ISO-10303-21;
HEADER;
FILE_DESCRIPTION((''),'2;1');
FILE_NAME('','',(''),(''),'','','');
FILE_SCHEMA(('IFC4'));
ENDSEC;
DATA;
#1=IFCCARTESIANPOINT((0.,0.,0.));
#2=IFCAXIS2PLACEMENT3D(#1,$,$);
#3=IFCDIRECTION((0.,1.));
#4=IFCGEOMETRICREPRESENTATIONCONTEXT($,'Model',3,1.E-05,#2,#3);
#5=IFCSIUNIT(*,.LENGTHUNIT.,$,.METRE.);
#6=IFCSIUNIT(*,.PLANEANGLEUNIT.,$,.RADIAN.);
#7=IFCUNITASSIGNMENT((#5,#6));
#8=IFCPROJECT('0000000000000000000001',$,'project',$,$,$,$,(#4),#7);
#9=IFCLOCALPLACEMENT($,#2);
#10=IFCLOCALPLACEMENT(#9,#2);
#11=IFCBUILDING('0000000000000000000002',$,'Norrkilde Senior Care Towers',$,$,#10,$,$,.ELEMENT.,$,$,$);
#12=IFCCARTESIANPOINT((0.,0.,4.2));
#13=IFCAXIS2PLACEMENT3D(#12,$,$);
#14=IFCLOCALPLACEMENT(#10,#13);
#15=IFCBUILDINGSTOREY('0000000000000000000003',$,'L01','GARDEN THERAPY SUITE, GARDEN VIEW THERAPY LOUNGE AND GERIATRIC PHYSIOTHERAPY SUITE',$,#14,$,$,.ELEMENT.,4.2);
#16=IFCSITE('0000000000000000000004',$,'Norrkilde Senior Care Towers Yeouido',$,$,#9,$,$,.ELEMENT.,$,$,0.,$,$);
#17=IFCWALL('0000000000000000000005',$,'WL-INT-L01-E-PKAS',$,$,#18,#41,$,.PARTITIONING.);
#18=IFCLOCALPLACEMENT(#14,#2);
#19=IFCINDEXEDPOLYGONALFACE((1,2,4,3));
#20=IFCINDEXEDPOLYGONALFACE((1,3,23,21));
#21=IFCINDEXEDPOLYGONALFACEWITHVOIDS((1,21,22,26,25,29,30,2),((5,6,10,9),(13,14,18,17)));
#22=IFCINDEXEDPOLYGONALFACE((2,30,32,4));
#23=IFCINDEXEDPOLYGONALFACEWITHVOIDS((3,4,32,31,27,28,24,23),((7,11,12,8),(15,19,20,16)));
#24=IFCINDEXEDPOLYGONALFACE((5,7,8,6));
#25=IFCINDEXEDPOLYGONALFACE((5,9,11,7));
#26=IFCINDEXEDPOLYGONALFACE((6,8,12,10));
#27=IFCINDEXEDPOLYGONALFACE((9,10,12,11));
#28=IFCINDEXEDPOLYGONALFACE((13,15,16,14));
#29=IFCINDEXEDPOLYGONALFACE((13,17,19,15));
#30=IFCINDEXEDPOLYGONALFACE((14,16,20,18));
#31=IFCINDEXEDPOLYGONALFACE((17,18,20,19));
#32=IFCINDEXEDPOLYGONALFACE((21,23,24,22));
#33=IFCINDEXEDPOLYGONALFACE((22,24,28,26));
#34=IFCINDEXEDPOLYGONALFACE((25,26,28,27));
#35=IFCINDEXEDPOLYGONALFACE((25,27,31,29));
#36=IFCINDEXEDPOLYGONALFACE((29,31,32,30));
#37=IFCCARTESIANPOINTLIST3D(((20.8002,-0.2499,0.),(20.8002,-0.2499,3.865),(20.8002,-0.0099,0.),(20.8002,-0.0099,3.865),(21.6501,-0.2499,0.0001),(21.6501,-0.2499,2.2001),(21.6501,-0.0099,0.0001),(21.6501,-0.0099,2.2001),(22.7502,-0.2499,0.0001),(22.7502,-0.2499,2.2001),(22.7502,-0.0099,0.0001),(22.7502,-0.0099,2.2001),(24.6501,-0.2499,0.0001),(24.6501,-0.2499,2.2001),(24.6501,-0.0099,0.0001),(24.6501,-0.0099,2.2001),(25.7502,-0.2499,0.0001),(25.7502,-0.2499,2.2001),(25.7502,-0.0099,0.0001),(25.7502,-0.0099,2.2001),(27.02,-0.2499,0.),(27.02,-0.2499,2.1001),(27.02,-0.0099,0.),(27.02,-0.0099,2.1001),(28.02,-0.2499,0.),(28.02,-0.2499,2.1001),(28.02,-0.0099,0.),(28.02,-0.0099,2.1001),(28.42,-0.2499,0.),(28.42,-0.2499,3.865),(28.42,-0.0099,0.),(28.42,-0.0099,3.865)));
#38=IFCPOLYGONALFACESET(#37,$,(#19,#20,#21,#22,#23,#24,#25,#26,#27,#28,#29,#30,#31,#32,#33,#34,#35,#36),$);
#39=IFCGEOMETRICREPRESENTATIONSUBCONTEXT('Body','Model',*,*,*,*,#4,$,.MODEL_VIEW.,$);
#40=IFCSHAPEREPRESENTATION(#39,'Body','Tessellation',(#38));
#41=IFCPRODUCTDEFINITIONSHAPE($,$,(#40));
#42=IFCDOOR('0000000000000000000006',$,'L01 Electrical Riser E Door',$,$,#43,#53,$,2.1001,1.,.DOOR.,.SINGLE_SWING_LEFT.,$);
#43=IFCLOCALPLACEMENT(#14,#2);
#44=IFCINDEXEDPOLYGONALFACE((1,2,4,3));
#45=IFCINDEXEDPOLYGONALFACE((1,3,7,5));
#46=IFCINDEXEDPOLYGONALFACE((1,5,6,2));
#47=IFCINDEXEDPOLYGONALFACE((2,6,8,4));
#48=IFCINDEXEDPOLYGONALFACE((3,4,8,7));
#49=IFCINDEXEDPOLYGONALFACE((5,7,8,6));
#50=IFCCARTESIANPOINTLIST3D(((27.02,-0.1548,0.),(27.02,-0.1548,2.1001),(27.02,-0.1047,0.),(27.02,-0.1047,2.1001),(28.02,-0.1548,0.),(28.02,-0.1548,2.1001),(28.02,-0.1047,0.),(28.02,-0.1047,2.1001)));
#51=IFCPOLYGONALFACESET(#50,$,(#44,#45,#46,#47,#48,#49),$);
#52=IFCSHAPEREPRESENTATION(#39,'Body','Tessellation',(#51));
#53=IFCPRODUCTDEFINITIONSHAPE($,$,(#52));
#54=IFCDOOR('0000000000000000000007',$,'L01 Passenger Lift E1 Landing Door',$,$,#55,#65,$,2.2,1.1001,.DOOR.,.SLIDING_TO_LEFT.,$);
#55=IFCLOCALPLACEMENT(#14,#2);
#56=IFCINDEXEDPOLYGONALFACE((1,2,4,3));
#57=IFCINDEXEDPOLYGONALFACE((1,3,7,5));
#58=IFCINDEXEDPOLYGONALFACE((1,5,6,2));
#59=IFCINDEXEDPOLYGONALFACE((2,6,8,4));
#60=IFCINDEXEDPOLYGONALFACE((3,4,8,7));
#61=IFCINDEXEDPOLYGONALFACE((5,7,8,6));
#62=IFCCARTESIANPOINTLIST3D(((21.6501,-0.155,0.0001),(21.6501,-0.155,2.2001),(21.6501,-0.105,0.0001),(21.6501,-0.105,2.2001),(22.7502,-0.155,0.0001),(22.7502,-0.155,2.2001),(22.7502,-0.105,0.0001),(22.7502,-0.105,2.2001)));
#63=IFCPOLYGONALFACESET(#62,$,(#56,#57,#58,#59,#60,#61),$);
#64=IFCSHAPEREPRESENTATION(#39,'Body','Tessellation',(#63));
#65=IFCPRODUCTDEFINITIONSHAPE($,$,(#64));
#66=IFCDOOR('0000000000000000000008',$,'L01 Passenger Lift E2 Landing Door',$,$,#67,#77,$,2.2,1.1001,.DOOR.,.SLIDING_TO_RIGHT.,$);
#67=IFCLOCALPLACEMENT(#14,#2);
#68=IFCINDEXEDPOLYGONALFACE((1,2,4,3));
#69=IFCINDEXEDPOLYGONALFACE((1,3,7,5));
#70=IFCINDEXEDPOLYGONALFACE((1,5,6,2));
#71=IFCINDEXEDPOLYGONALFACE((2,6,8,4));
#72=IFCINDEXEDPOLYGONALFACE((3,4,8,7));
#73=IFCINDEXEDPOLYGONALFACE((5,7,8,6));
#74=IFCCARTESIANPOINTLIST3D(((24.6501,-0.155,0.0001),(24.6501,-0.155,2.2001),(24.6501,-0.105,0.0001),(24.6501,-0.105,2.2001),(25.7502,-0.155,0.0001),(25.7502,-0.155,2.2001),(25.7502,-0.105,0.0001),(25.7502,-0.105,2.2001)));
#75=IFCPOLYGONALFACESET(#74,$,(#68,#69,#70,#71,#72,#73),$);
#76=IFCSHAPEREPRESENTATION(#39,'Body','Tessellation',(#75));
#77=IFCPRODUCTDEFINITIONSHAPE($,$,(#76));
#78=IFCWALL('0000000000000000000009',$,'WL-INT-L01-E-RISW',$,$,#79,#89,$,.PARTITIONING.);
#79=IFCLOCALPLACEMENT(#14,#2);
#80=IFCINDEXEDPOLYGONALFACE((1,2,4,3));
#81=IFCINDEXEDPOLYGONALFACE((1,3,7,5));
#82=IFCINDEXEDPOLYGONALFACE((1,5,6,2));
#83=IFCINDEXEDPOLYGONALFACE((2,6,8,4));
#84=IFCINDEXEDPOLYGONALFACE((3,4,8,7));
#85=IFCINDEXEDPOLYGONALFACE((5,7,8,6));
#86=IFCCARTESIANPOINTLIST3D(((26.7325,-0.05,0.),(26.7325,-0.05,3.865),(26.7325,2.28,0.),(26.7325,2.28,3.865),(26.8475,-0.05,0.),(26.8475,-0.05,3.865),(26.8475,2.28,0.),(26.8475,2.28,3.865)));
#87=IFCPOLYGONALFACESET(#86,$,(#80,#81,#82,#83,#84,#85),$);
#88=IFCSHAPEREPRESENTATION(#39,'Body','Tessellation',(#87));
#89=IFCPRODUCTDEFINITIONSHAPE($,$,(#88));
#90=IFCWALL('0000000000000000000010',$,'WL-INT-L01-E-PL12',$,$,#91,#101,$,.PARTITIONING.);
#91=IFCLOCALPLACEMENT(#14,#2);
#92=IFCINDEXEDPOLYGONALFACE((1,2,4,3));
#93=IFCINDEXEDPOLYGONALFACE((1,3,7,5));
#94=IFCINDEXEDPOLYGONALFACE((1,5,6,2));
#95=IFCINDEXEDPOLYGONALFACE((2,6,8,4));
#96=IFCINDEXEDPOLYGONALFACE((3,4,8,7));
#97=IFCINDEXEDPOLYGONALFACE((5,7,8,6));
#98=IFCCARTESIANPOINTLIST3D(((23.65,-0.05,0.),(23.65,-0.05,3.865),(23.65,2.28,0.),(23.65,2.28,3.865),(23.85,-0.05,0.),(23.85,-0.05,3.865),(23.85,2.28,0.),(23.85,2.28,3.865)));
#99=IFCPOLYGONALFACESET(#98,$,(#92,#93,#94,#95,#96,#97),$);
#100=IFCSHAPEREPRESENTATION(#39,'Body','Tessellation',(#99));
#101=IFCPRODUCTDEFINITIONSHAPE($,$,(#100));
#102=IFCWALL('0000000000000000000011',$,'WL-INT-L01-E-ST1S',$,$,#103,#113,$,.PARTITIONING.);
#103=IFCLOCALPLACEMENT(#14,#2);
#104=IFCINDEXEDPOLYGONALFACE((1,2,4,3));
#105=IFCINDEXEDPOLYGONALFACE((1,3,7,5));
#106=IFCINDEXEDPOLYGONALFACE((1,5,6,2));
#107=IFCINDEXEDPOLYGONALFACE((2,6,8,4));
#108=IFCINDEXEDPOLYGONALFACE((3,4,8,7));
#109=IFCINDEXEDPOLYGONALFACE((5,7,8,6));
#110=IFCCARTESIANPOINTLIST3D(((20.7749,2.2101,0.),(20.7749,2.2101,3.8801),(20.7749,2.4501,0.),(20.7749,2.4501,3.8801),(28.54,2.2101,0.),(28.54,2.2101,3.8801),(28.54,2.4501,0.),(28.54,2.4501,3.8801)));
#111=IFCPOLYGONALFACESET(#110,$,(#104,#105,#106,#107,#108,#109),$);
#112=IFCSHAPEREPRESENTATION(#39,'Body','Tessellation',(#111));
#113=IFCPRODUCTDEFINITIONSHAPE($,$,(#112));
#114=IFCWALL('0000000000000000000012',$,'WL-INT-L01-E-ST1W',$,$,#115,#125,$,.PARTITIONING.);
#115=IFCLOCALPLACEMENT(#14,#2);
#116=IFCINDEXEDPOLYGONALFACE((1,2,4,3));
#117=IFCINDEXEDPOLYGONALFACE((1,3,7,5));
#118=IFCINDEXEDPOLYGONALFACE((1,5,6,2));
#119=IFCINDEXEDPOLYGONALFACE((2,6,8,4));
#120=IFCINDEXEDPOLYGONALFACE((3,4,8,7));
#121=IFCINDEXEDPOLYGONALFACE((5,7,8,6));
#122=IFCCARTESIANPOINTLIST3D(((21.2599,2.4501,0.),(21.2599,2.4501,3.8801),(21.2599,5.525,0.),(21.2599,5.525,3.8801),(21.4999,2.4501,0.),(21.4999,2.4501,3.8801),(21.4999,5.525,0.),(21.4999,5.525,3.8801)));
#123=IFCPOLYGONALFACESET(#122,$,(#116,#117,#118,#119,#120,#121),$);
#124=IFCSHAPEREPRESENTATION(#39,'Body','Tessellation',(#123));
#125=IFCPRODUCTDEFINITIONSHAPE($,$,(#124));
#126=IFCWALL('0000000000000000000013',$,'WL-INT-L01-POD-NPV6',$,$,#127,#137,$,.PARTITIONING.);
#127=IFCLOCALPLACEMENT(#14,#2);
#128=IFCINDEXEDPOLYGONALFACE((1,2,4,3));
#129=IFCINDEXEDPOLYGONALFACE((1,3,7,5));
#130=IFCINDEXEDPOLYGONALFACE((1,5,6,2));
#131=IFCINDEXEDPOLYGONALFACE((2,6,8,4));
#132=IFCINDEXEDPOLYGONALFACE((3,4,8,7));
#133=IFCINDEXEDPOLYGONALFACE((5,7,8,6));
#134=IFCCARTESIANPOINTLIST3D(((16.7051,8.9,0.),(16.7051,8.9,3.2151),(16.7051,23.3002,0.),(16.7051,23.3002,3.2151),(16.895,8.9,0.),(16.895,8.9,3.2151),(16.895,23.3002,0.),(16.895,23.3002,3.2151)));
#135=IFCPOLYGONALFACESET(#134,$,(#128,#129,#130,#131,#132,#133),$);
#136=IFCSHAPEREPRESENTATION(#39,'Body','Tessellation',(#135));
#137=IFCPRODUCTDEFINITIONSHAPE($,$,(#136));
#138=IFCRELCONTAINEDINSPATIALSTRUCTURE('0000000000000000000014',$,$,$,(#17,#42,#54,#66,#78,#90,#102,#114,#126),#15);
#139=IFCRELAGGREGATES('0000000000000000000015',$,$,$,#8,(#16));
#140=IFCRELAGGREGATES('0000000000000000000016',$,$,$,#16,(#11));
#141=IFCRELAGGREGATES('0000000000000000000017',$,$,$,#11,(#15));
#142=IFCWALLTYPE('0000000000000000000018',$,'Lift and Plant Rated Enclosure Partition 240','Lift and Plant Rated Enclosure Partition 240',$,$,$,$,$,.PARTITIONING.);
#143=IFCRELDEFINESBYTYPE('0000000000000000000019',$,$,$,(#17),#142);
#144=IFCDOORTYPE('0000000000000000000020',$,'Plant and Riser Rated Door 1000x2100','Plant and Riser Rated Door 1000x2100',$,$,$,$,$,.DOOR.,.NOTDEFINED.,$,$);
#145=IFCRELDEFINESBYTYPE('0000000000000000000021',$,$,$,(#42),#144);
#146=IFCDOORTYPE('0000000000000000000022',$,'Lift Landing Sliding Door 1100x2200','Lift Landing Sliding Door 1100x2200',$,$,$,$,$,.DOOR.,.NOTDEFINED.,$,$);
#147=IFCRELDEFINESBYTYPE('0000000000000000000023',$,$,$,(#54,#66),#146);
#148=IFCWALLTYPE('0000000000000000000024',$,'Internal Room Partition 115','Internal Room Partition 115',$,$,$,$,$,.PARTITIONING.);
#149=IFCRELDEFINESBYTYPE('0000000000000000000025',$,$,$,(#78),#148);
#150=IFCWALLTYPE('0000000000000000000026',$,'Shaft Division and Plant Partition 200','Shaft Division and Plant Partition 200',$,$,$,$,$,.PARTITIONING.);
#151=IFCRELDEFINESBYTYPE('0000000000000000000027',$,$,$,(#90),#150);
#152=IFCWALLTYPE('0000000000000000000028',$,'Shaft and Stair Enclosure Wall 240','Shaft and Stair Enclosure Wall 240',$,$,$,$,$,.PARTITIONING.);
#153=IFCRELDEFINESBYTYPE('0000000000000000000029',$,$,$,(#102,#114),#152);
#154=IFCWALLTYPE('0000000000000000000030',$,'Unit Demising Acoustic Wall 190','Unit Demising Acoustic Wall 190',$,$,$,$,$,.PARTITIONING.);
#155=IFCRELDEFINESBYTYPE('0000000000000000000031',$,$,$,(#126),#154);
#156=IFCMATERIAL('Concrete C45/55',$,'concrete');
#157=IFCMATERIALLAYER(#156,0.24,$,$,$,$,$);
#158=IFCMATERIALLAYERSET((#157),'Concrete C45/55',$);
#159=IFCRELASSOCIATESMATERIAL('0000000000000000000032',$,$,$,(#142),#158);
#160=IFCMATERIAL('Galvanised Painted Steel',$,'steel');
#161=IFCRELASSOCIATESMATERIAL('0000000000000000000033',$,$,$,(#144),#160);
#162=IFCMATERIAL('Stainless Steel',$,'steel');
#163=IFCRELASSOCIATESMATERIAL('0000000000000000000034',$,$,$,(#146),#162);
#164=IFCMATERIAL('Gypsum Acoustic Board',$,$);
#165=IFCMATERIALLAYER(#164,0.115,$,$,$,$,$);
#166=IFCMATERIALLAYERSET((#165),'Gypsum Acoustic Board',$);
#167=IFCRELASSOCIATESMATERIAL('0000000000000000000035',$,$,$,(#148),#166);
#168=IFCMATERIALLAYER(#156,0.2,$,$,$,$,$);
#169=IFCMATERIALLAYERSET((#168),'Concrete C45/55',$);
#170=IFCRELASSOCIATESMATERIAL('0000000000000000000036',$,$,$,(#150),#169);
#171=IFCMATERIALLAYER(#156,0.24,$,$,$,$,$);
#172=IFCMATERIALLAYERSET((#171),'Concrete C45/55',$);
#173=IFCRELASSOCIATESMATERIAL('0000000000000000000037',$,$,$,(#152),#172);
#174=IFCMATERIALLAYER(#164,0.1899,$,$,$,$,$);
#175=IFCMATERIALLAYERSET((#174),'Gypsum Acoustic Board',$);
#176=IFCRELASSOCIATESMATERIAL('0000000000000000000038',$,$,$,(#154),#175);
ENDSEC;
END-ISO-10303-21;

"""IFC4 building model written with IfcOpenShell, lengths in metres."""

from ifc_helpers import new_model, si_unit, direction, frame, frame_2d, origin, place, context, subcontext, project, spatial, rectangle, extrude, source, transform, mapped, material, layer, layer_set, type_object, type_shapes, element, fill, save


model = new_model("IFC4")

# Units and contexts
model_context = context("Model", 3, precision=1e-05, world=origin(), true_north=direction((0.0, 1.0)))
body_context = subcontext(model_context, "Body", "Model", "MODEL_VIEW")
ifc_project = project(units=[si_unit("LENGTHUNIT", "METRE"), si_unit("PLANEANGLEUNIT", "RADIAN")], contexts=[model_context])

# Site, building, storey
site_placement = place(None, origin())
site = spatial("IfcSite", under=ifc_project, at=site_placement, Name="Norrkilde Senior Care Towers Yeouido", CompositionType="ELEMENT", RefElevation=0.0)
building_placement = place(site_placement, origin())
building = spatial("IfcBuilding", under=site, at=building_placement, Name="Norrkilde Senior Care Towers", CompositionType="ELEMENT")
storey_placement = place(building_placement, frame((0.0, 0.0, 4.2)))
storey = spatial("IfcBuildingStorey", under=building, at=storey_placement, Name="L01", Description="GARDEN THERAPY SUITE, GARDEN VIEW THERAPY LOUNGE AND GERIATRIC PHYSIOTHERAPY SUITE", CompositionType="ELEMENT", Elevation=4.2)

# Wall, openings, doors
ifc_material_1 = material(Name="Concrete C45/55", Category="concrete")
ifc_layer_1 = layer(ifc_material_1, 0.24)
ifc_layer_set_1 = layer_set([ifc_layer_1], Name="Concrete C45/55")
wall_type_1 = type_object("IfcWallType", Name="Lift and Plant Rated Enclosure Partition 240", Description="Lift and Plant Rated Enclosure Partition 240", PredefinedType="PARTITIONING", material=ifc_layer_set_1)
shared_shape_1 = source(origin(), body_context, "Body", "SweptSolid", [
    extrude(rectangle(XDim=7.6199, YDim=0.24, at=frame_2d((3.8101, 0.0))), origin(), (0.0, 0.0, 1.0), 3.865),
])
type_shapes(wall_type_1, [shared_shape_1])
wall_1_placement = place(storey_placement, frame((20.8, -0.1299, 0.0), z_axis=(0.0, 0.0, 1.0), x_axis=(1.0, 0.0, 0.0)))
wall_1 = element("IfcWall", 1, at=wall_1_placement, inside=storey, type_object=wall_type_1, Name="WL-INT-L01-E-PKAS", PredefinedType="PARTITIONING", context=body_context, shape_type="MappedRepresentation", body=[
    mapped(shared_shape_1, transform((0.0, 0.0, 0.0), x_axis=(1.0, 0.0, 0.0), y_axis=(0.0, 1.0, 0.0), z_axis=(0.0, 0.0, 1.0), scale=1.0)),
])
opening_1_placement = place(wall_1_placement, frame((6.22, 0.0, 0.0)))
opening_1 = element("IfcOpeningElement", 2, at=opening_1_placement, cuts=wall_1, PredefinedType="OPENING", context=body_context, shape_type="SweptSolid", body=[
    extrude(rectangle(XDim=1.0, YDim=2.1001, at=frame_2d((0.5, 1.05))), frame((0.0, 0.1299, 0.0), z_axis=(0.0, -1.0, 0.0), x_axis=(1.0, 0.0, 0.0)), (0.0, 0.0, 1.0), 0.26),
])
opening_2_placement = place(wall_1_placement, frame((0.8501, 0.0, 0.0)))
opening_2 = element("IfcOpeningElement", 3, at=opening_2_placement, cuts=wall_1, PredefinedType="OPENING", context=body_context, shape_type="SweptSolid", body=[
    extrude(rectangle(XDim=1.1001, YDim=2.2, at=frame_2d((0.55, 1.1001))), frame((0.0, 0.1299, 0.0), z_axis=(0.0, -1.0, 0.0), x_axis=(1.0, 0.0, 0.0)), (0.0, 0.0, 1.0), 0.26),
])
opening_3_placement = place(wall_1_placement, frame((3.8501, 0.0, 0.0)))
opening_3 = element("IfcOpeningElement", 4, at=opening_3_placement, cuts=wall_1, PredefinedType="OPENING", context=body_context, shape_type="SweptSolid", body=[
    extrude(rectangle(XDim=1.1001, YDim=2.2, at=frame_2d((0.55, 1.1001))), frame((0.0, 0.1299, 0.0), z_axis=(0.0, -1.0, 0.0), x_axis=(1.0, 0.0, 0.0)), (0.0, 0.0, 1.0), 0.26),
])
ifc_material_2 = material(Name="Galvanised Painted Steel", Category="steel")
door_type_1 = type_object("IfcDoorType", Name="Plant and Riser Rated Door 1000x2100", Description="Plant and Riser Rated Door 1000x2100", OperationType="NOTDEFINED", PredefinedType="DOOR", material=ifc_material_2)
shared_shape_2 = source(origin(), body_context, "Body", "SweptSolid", [
    extrude(rectangle(XDim=1.0, YDim=2.1001, at=frame_2d((0.5, 1.05))), frame((0.0, 0.0249, 0.0), z_axis=(0.0, -1.0, 0.0), x_axis=(1.0, 0.0, 0.0)), (0.0, 0.0, 1.0), 0.05),
])
type_shapes(door_type_1, [shared_shape_2])
door_1_placement = place(opening_1_placement, frame((1.0, 0.0, 0.0), z_axis=(0.0, 0.0, 1.0), x_axis=(-1.0, 0.0, 0.0)))
door_1 = element("IfcDoor", 5, at=door_1_placement, inside=storey, type_object=door_type_1, Name="L01 Electrical Riser E Door", OperationType="SINGLE_SWING_LEFT", OverallHeight=2.1001, OverallWidth=1.0, PredefinedType="DOOR", context=body_context, shape_type="MappedRepresentation", body=[
    mapped(shared_shape_2, transform((0.0, 0.0, 0.0), x_axis=(1.0, 0.0, 0.0), y_axis=(0.0, 1.0, 0.0), z_axis=(0.0, 0.0, 1.0), scale=1.0)),
])
fill(opening_1, door_1)
ifc_material_3 = material(Name="Stainless Steel", Category="steel")
door_type_2 = type_object("IfcDoorType", Name="Lift Landing Sliding Door 1100x2200", Description="Lift Landing Sliding Door 1100x2200", OperationType="NOTDEFINED", PredefinedType="DOOR", material=ifc_material_3)
shared_shape_3 = source(origin(), body_context, "Body", "SweptSolid", [
    extrude(rectangle(XDim=1.1001, YDim=2.2, at=frame_2d((0.55, 1.1001))), frame((0.0, 0.0249, 0.0), z_axis=(0.0, -1.0, 0.0), x_axis=(1.0, 0.0, 0.0)), (0.0, 0.0, 1.0), 0.05),
])
type_shapes(door_type_2, [shared_shape_3])
door_2_placement = place(opening_2_placement, origin())
door_2 = element("IfcDoor", 6, at=door_2_placement, inside=storey, type_object=door_type_2, Name="L01 Passenger Lift E1 Landing Door", OperationType="SLIDING_TO_LEFT", OverallHeight=2.2, OverallWidth=1.1001, PredefinedType="DOOR", context=body_context, shape_type="MappedRepresentation", body=[
    mapped(shared_shape_3, transform((0.0, 0.0, 0.0), x_axis=(1.0, 0.0, 0.0), y_axis=(0.0, 1.0, 0.0), z_axis=(0.0, 0.0, 1.0), scale=1.0)),
])
fill(opening_2, door_2)
door_3_placement = place(opening_3_placement, origin())
door_3 = element("IfcDoor", 7, at=door_3_placement, inside=storey, type_object=door_type_2, Name="L01 Passenger Lift E2 Landing Door", OperationType="SLIDING_TO_RIGHT", OverallHeight=2.2, OverallWidth=1.1001, PredefinedType="DOOR", context=body_context, shape_type="MappedRepresentation", body=[
    mapped(shared_shape_3, transform((0.0, 0.0, 0.0), x_axis=(1.0, 0.0, 0.0), y_axis=(0.0, 1.0, 0.0), z_axis=(0.0, 0.0, 1.0), scale=1.0)),
])
fill(opening_3, door_3)

# Walls
ifc_material_4 = material(Name="Gypsum Acoustic Board")
ifc_layer_2 = layer(ifc_material_4, 0.115)
ifc_layer_set_2 = layer_set([ifc_layer_2], Name="Gypsum Acoustic Board")
wall_type_2 = type_object("IfcWallType", Name="Internal Room Partition 115", Description="Internal Room Partition 115", PredefinedType="PARTITIONING", material=ifc_layer_set_2)
shared_shape_4 = source(origin(), body_context, "Body", "SweptSolid", [
    extrude(rectangle(XDim=2.3301, YDim=0.115, at=frame_2d((1.165, 0.0))), origin(), (0.0, 0.0, 1.0), 3.865),
])
type_shapes(wall_type_2, [shared_shape_4])
wall_2_placement = place(storey_placement, frame((26.79, -0.05, 0.0), z_axis=(0.0, 0.0, 1.0), x_axis=(0.0, 1.0, 0.0)))
element("IfcWall", 8, at=wall_2_placement, inside=storey, type_object=wall_type_2, Name="WL-INT-L01-E-RISW", PredefinedType="PARTITIONING", context=body_context, shape_type="MappedRepresentation", body=[
    mapped(shared_shape_4, transform((0.0, 0.0, 0.0), x_axis=(1.0, 0.0, 0.0), y_axis=(0.0, 1.0, 0.0), z_axis=(0.0, 0.0, 1.0), scale=1.0)),
])
ifc_layer_3 = layer(ifc_material_1, 0.2)
ifc_layer_set_3 = layer_set([ifc_layer_3], Name="Concrete C45/55")
wall_type_3 = type_object("IfcWallType", Name="Shaft Division and Plant Partition 200", Description="Shaft Division and Plant Partition 200", PredefinedType="PARTITIONING", material=ifc_layer_set_3)
shared_shape_5 = source(origin(), body_context, "Body", "SweptSolid", [
    extrude(rectangle(XDim=2.3301, YDim=0.2, at=frame_2d((1.165, 0.0))), origin(), (0.0, 0.0, 1.0), 3.865),
])
type_shapes(wall_type_3, [shared_shape_5])
wall_3_placement = place(storey_placement, frame((23.75, -0.05, 0.0), z_axis=(0.0, 0.0, 1.0), x_axis=(0.0, 1.0, 0.0)))
element("IfcWall", 9, at=wall_3_placement, inside=storey, type_object=wall_type_3, Name="WL-INT-L01-E-PL12", PredefinedType="PARTITIONING", context=body_context, shape_type="MappedRepresentation", body=[
    mapped(shared_shape_5, transform((0.0, 0.0, 0.0), x_axis=(1.0, 0.0, 0.0), y_axis=(0.0, 1.0, 0.0), z_axis=(0.0, 0.0, 1.0), scale=1.0)),
])
ifc_layer_4 = layer(ifc_material_1, 0.24)
ifc_layer_set_4 = layer_set([ifc_layer_4], Name="Concrete C45/55")
wall_type_4 = type_object("IfcWallType", Name="Shaft and Stair Enclosure Wall 240", Description="Shaft and Stair Enclosure Wall 240", PredefinedType="PARTITIONING", material=ifc_layer_set_4)
shared_shape_6 = source(origin(), body_context, "Body", "SweptSolid", [
    extrude(rectangle(XDim=7.7651, YDim=0.24, at=frame_2d((3.8826, 0.0))), origin(), (0.0, 0.0, 1.0), 3.8801),
])
wall_4_placement = place(storey_placement, frame((20.7749, 2.3301, 0.0), z_axis=(0.0, 0.0, 1.0), x_axis=(1.0, 0.0, 0.0)))
element("IfcWall", 10, at=wall_4_placement, inside=storey, type_object=wall_type_4, Name="WL-INT-L01-E-ST1S", PredefinedType="PARTITIONING", context=body_context, shape_type="MappedRepresentation", body=[
    mapped(shared_shape_6, transform((0.0, 0.0, 0.0), x_axis=(1.0, 0.0, 0.0), y_axis=(0.0, 1.0, 0.0), z_axis=(0.0, 0.0, 1.0), scale=1.0)),
])
shared_shape_7 = source(origin(), body_context, "Body", "SweptSolid", [
    extrude(rectangle(XDim=3.075, YDim=0.24, at=frame_2d((1.5376, 0.0))), origin(), (0.0, 0.0, 1.0), 3.8801),
])
type_shapes(wall_type_4, [shared_shape_6, shared_shape_7])
wall_5_placement = place(storey_placement, frame((21.3799, 2.45, 0.0), z_axis=(0.0, 0.0, 1.0), x_axis=(0.0, 1.0, 0.0)))
element("IfcWall", 11, at=wall_5_placement, inside=storey, type_object=wall_type_4, Name="WL-INT-L01-E-ST1W", PredefinedType="PARTITIONING", context=body_context, shape_type="MappedRepresentation", body=[
    mapped(shared_shape_7, transform((0.0, 0.0, 0.0), x_axis=(1.0, 0.0, 0.0), y_axis=(0.0, 1.0, 0.0), z_axis=(0.0, 0.0, 1.0), scale=1.0)),
])
ifc_layer_5 = layer(ifc_material_4, 0.1899)
ifc_layer_set_5 = layer_set([ifc_layer_5], Name="Gypsum Acoustic Board")
wall_type_5 = type_object("IfcWallType", Name="Unit Demising Acoustic Wall 190", Description="Unit Demising Acoustic Wall 190", PredefinedType="PARTITIONING", material=ifc_layer_set_5)
shared_shape_8 = source(origin(), body_context, "Body", "SweptSolid", [
    extrude(rectangle(XDim=14.4001, YDim=0.1899, at=frame_2d((7.2002, 0.0))), origin(), (0.0, 0.0, 1.0), 3.2151),
])
type_shapes(wall_type_5, [shared_shape_8])
wall_6_placement = place(storey_placement, frame((16.8, 8.8999, 0.0), z_axis=(0.0, 0.0, 1.0), x_axis=(0.0, 1.0, 0.0)))
element("IfcWall", 12, at=wall_6_placement, inside=storey, type_object=wall_type_5, Name="WL-INT-L01-POD-NPV6", PredefinedType="PARTITIONING", context=body_context, shape_type="MappedRepresentation", body=[
    mapped(shared_shape_8, transform((0.0, 0.0, 0.0), x_axis=(1.0, 0.0, 0.0), y_axis=(0.0, 1.0, 0.0), z_axis=(0.0, 0.0, 1.0), scale=1.0)),
])

save(model, "model.ifc")
